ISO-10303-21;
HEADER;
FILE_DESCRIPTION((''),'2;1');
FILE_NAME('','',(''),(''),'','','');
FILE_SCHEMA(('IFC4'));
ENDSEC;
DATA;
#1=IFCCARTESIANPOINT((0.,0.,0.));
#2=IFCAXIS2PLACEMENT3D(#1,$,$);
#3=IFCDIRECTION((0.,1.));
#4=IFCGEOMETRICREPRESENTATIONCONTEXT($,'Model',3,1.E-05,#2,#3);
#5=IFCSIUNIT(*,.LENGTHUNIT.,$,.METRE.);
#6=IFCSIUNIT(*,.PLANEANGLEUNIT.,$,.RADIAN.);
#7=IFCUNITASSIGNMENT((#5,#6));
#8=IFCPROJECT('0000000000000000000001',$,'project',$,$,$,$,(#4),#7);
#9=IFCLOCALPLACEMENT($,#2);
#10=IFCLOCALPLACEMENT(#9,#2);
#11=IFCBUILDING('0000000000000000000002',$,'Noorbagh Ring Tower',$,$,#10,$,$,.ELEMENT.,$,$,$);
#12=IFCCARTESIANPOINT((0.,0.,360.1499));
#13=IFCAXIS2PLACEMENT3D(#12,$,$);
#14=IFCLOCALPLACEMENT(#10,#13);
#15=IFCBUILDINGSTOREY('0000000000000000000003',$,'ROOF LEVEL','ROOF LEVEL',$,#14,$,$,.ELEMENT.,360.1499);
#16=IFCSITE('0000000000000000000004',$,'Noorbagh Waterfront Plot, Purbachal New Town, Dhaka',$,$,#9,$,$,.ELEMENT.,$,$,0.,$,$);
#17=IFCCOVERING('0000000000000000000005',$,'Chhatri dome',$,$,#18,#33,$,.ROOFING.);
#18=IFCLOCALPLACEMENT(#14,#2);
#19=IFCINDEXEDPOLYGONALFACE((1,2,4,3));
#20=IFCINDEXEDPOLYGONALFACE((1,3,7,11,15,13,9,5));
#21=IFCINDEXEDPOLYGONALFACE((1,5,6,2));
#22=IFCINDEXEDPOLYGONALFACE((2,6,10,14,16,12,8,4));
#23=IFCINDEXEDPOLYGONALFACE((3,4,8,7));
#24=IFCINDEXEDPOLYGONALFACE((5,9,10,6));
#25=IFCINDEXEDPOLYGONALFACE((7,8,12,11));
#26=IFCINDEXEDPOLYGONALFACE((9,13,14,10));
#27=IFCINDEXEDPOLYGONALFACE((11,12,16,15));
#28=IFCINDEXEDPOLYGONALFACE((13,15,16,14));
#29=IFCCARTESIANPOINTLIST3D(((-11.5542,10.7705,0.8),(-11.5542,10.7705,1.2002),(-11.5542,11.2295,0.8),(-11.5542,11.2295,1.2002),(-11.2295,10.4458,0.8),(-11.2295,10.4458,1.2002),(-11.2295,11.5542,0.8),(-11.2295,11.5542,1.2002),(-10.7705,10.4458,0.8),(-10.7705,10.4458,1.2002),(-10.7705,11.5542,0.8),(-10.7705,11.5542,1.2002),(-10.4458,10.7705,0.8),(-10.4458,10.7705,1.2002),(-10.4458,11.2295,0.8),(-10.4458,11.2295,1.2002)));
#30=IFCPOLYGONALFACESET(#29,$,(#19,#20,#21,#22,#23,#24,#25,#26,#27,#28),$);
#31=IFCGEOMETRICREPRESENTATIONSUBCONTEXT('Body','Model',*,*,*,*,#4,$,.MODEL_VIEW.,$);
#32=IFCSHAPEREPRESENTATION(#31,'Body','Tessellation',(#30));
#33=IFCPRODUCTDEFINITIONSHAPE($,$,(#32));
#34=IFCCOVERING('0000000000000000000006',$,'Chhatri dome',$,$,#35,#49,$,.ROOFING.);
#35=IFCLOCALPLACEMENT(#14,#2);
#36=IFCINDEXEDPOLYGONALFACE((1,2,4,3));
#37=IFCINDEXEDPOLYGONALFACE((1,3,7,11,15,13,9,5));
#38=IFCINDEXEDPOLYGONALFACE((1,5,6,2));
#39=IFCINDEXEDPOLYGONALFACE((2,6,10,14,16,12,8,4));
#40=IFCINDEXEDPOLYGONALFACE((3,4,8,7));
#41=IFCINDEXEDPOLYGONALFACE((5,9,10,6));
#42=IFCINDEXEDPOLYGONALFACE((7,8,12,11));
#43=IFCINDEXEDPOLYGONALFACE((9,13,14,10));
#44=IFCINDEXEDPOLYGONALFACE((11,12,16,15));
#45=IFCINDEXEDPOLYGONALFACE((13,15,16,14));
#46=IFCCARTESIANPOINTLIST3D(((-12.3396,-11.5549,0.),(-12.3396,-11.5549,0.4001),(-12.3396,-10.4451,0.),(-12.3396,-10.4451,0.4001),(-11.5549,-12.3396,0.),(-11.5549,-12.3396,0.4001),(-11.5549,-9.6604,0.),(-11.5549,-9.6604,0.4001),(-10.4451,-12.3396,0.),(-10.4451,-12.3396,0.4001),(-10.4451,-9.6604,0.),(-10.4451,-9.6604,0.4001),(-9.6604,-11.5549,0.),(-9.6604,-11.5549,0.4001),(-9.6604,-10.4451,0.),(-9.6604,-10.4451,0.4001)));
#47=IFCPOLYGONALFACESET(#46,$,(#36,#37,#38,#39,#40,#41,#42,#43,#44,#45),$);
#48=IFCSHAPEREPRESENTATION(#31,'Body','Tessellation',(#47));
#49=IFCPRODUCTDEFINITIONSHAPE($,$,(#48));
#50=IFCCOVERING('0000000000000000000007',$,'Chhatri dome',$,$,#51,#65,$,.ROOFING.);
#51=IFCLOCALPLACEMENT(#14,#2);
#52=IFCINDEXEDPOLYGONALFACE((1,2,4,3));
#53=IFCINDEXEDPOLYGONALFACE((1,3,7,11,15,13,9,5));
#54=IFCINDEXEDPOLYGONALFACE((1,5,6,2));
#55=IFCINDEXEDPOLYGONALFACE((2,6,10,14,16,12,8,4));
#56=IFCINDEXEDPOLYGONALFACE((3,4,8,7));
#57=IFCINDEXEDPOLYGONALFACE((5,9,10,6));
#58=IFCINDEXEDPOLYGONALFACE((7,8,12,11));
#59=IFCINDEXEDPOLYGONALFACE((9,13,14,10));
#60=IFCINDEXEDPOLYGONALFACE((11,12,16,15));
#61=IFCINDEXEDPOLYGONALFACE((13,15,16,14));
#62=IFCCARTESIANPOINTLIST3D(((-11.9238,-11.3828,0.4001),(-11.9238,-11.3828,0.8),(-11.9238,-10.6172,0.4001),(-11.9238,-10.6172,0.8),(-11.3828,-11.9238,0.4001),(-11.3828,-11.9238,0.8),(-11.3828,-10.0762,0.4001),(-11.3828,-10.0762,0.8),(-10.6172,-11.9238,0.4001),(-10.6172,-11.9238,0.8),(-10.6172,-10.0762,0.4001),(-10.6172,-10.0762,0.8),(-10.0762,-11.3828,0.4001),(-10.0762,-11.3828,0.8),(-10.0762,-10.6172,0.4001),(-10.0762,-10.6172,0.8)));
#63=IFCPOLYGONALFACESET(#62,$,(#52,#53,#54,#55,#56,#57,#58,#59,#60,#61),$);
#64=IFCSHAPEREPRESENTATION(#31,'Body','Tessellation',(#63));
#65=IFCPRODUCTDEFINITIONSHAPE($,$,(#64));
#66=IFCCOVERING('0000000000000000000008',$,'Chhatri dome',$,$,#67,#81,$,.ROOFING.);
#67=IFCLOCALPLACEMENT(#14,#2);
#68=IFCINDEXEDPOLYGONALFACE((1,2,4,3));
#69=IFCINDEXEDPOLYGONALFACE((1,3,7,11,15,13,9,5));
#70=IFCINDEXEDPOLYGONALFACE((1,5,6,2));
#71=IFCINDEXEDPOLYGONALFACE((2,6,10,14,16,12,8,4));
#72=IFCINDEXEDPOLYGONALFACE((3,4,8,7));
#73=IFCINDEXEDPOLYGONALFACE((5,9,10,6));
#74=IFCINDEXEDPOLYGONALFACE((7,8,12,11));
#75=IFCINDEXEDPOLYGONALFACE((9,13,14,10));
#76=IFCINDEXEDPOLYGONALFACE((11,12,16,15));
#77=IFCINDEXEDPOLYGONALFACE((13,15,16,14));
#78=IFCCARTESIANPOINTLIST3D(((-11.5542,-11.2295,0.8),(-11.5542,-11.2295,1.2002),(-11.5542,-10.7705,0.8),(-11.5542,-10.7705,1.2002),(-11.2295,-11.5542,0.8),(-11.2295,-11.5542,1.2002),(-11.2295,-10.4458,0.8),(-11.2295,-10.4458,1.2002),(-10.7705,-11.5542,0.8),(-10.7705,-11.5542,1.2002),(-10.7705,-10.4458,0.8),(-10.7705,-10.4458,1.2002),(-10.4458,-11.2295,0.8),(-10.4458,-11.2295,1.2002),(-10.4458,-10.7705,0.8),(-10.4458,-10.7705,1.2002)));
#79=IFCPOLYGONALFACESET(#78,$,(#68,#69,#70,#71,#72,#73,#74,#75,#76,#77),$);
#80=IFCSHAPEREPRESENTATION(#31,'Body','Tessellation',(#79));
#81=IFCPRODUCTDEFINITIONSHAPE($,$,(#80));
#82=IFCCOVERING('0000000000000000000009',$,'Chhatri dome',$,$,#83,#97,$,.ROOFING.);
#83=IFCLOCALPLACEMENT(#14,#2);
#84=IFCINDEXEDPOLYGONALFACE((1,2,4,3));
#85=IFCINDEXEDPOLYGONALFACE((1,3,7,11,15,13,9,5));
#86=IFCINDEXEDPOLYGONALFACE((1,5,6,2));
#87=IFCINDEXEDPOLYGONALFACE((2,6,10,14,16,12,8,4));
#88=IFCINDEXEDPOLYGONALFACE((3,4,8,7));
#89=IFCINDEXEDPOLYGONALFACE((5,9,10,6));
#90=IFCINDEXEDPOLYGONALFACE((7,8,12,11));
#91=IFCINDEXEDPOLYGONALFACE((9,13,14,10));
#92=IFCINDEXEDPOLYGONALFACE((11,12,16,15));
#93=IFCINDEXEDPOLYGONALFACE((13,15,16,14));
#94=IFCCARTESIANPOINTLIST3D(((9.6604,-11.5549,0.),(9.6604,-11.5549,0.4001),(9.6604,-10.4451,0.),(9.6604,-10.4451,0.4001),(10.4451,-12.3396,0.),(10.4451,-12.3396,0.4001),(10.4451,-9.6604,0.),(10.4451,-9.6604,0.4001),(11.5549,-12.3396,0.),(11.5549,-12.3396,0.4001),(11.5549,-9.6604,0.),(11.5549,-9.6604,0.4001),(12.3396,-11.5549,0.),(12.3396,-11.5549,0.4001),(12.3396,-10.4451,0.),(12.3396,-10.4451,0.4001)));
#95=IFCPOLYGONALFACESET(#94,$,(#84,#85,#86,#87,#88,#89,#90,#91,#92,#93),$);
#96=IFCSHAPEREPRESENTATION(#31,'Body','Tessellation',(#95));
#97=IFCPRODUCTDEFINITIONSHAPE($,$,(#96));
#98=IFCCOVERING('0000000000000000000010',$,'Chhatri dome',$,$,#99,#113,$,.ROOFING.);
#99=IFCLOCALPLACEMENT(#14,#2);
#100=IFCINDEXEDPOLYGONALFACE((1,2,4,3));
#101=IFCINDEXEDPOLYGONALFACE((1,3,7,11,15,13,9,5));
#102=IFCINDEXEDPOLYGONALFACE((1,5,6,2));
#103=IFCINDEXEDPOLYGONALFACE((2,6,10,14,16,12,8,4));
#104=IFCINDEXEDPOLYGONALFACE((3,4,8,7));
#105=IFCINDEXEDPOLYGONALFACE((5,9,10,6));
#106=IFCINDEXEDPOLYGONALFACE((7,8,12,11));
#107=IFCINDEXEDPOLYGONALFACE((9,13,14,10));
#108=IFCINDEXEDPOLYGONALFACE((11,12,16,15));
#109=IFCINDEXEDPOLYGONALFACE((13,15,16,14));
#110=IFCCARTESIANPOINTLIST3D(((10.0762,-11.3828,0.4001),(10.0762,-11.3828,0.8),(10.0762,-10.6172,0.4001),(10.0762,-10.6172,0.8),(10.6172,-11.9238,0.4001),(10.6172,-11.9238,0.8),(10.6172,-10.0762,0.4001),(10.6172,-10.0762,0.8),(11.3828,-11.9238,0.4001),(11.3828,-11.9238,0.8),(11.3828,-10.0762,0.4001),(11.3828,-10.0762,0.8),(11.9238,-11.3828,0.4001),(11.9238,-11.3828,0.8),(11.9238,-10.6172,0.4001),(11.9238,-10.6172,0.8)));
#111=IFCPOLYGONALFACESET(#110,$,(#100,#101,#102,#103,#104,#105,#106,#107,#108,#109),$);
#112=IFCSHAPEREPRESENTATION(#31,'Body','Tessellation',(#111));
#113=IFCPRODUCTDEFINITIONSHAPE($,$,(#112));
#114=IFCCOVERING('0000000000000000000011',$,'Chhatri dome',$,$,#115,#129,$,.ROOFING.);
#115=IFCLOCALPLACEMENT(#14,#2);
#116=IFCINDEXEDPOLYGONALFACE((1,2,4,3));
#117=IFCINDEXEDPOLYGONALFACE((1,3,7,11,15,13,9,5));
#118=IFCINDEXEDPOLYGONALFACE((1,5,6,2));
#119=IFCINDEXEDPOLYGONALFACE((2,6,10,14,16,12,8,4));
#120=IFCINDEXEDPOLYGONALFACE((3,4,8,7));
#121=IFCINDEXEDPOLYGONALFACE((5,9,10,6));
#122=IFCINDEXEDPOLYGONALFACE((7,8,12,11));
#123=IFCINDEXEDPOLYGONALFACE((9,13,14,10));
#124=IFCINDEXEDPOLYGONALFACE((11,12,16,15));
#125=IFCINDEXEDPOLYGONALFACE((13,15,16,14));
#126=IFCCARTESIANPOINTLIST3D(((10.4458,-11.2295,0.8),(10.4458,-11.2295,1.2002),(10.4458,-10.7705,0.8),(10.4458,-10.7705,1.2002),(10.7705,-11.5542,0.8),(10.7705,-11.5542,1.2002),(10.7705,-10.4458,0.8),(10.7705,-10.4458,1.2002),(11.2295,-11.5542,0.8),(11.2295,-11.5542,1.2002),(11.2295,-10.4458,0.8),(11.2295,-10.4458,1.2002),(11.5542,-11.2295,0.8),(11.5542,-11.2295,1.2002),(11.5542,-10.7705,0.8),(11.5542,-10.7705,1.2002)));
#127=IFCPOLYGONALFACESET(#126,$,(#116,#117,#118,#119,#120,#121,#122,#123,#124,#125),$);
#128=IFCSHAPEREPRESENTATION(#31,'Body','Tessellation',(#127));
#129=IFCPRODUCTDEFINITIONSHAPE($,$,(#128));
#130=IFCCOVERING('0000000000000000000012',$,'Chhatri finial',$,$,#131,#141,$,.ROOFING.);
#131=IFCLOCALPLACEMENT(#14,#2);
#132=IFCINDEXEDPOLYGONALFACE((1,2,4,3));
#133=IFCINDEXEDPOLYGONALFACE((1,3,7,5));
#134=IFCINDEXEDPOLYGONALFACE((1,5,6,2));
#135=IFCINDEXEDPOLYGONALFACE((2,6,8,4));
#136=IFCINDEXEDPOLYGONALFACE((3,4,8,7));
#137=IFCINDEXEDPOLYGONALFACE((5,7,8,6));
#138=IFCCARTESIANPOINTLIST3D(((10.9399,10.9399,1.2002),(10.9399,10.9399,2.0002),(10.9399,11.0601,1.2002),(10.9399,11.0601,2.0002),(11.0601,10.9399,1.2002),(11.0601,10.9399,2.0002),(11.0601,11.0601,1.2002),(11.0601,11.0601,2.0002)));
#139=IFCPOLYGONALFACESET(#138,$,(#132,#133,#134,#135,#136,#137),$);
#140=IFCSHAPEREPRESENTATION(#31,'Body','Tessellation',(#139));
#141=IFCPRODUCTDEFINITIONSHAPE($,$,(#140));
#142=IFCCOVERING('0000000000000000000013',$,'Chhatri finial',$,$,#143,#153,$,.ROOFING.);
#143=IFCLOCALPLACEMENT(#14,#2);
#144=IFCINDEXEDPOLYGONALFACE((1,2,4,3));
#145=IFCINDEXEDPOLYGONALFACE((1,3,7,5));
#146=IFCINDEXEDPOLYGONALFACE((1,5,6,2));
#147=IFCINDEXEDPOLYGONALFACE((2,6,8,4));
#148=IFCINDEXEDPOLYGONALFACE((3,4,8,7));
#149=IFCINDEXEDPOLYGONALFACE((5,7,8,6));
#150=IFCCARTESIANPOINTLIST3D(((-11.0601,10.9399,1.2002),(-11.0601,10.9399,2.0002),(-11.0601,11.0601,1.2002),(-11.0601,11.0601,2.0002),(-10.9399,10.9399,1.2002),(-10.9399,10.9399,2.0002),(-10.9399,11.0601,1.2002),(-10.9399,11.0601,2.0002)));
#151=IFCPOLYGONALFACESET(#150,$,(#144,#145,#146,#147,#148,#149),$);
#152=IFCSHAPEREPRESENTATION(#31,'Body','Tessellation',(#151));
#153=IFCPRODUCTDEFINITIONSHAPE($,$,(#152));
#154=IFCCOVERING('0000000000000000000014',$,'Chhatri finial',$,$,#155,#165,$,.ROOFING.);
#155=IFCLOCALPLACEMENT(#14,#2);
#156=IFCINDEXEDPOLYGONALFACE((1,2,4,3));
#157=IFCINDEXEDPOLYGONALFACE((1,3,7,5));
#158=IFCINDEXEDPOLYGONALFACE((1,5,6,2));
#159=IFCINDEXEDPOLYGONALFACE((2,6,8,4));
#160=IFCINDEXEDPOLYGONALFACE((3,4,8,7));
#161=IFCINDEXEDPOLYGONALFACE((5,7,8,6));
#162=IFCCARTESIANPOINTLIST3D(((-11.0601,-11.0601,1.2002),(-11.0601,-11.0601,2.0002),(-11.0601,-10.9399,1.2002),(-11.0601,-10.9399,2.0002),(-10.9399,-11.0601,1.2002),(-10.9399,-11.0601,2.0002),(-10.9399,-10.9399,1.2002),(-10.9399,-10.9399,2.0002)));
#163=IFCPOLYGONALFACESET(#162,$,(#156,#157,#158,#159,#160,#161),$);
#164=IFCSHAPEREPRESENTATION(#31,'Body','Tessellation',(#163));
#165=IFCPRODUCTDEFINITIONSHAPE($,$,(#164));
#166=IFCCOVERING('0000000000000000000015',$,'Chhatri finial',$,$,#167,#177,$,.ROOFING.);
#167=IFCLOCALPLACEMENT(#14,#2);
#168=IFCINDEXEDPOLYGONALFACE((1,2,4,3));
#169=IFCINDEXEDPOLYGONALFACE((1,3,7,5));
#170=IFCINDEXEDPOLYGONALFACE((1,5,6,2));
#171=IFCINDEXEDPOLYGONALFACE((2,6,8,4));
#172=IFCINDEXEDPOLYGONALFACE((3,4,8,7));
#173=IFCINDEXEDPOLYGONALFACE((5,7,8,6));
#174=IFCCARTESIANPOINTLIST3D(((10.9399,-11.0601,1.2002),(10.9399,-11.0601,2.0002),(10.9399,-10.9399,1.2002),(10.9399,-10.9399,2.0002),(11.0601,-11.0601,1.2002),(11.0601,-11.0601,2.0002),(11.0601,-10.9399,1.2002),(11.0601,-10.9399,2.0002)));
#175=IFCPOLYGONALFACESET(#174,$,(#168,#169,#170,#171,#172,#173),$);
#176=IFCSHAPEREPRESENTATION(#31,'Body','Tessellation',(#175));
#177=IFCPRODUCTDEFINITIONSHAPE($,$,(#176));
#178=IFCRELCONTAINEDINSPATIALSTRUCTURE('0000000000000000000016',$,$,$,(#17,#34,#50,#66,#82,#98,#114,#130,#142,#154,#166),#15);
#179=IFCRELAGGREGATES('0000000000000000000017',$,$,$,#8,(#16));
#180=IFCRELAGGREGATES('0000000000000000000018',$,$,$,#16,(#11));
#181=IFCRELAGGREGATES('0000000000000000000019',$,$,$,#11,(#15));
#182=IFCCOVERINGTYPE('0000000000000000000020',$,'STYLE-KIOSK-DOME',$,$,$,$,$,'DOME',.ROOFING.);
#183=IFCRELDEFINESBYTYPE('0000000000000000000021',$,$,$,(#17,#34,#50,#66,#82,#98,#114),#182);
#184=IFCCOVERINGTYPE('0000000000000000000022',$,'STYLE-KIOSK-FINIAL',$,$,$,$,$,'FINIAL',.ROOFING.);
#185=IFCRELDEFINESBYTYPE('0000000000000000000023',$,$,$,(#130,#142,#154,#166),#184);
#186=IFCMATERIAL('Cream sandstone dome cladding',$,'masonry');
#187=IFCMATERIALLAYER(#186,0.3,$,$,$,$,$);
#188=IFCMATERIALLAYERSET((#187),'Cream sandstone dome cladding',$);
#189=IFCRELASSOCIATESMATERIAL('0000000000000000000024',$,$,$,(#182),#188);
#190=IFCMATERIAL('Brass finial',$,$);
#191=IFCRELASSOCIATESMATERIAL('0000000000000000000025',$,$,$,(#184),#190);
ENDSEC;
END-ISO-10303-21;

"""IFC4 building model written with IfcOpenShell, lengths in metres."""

from ifc_helpers import new_model, si_unit, direction, frame, origin, origin_2d, place, context, subcontext, project, spatial, polyline, rectangle, outline, extrude, material, layer, layer_set, type_object, element, save


model = new_model("IFC4")

# Units and contexts
model_context = context("Model", 3, precision=1e-05, world=origin(), true_north=direction((0.0, 1.0)))
body_context = subcontext(model_context, "Body", "Model", "MODEL_VIEW")
ifc_project = project(units=[si_unit("LENGTHUNIT", "METRE"), si_unit("PLANEANGLEUNIT", "RADIAN")], contexts=[model_context])

# Site, building, storey
site_placement = place(None, origin())
site = spatial("IfcSite", under=ifc_project, at=site_placement, Name="Noorbagh Waterfront Plot, Purbachal New Town, Dhaka", CompositionType="ELEMENT", RefElevation=0.0)
building_placement = place(site_placement, origin())
building = spatial("IfcBuilding", under=site, at=building_placement, Name="Noorbagh Ring Tower", CompositionType="ELEMENT")
storey_placement = place(building_placement, frame((0.0, 0.0, 360.1499)))
storey = spatial("IfcBuildingStorey", under=building, at=storey_placement, Name="ROOF LEVEL", Description="ROOF LEVEL", CompositionType="ELEMENT", Elevation=360.1499)

# Coverings
ifc_material_1 = material(Name="Cream sandstone dome cladding", Category="masonry")
ifc_layer_1 = layer(ifc_material_1, 0.3)
ifc_layer_set_1 = layer_set([ifc_layer_1], Name="Cream sandstone dome cladding")
covering_type_1 = type_object("IfcCoveringType", Name="STYLE-KIOSK-DOME", ElementType="DOME", PredefinedType="ROOFING", material=ifc_layer_set_1)
covering_1_placement = place(storey_placement, frame((0.0, 0.0, 0.8)))
element("IfcCovering", 1, at=covering_1_placement, inside=storey, type_object=covering_type_1, Name="Chhatri dome", PredefinedType="ROOFING", context=body_context, shape_type="SweptSolid", body=[
    extrude(outline(polyline([(-10.4458, 11.2295), (-10.7705, 11.5542), (-11.2295, 11.5542), (-11.5542, 11.2295), (-11.5542, 10.7705), (-11.2295, 10.4458), (-10.7705, 10.4458), (-10.4458, 10.7705), (-10.4458, 11.2295)])), origin(), (0.0, 0.0, 1.0), 0.4001),
])
covering_2_placement = place(storey_placement, origin())
element("IfcCovering", 2, at=covering_2_placement, inside=storey, type_object=covering_type_1, Name="Chhatri dome", PredefinedType="ROOFING", context=body_context, shape_type="SweptSolid", body=[
    extrude(outline(polyline([(-9.6604, -10.4451), (-10.4451, -9.6604), (-11.5549, -9.6604), (-12.3396, -10.4451), (-12.3396, -11.5549), (-11.5549, -12.3396), (-10.4451, -12.3396), (-9.6604, -11.5549), (-9.6604, -10.4451)])), origin(), (0.0, 0.0, 1.0), 0.4001),
])
covering_3_placement = place(storey_placement, frame((0.0, 0.0, 0.4001)))
element("IfcCovering", 3, at=covering_3_placement, inside=storey, type_object=covering_type_1, Name="Chhatri dome", PredefinedType="ROOFING", context=body_context, shape_type="SweptSolid", body=[
    extrude(outline(polyline([(-10.0762, -10.6172), (-10.6172, -10.0762), (-11.3828, -10.0762), (-11.9238, -10.6172), (-11.9238, -11.3828), (-11.3828, -11.9238), (-10.6172, -11.9238), (-10.0762, -11.3828), (-10.0762, -10.6172)])), origin(), (0.0, 0.0, 1.0), 0.3999),
])
covering_4_placement = place(storey_placement, frame((0.0, 0.0, 0.8)))
element("IfcCovering", 4, at=covering_4_placement, inside=storey, type_object=covering_type_1, Name="Chhatri dome", PredefinedType="ROOFING", context=body_context, shape_type="SweptSolid", body=[
    extrude(outline(polyline([(-10.4458, -10.7705), (-10.7705, -10.4458), (-11.2295, -10.4458), (-11.5542, -10.7705), (-11.5542, -11.2295), (-11.2295, -11.5542), (-10.7705, -11.5542), (-10.4458, -11.2295), (-10.4458, -10.7705)])), origin(), (0.0, 0.0, 1.0), 0.4001),
])
covering_5_placement = place(storey_placement, origin())
element("IfcCovering", 5, at=covering_5_placement, inside=storey, type_object=covering_type_1, Name="Chhatri dome", PredefinedType="ROOFING", context=body_context, shape_type="SweptSolid", body=[
    extrude(outline(polyline([(12.3396, -10.4451), (11.5549, -9.6604), (10.4451, -9.6604), (9.6604, -10.4451), (9.6604, -11.5549), (10.4451, -12.3396), (11.5549, -12.3396), (12.3396, -11.5549), (12.3396, -10.4451)])), origin(), (0.0, 0.0, 1.0), 0.4001),
])
covering_6_placement = place(storey_placement, frame((0.0, 0.0, 0.4001)))
element("IfcCovering", 6, at=covering_6_placement, inside=storey, type_object=covering_type_1, Name="Chhatri dome", PredefinedType="ROOFING", context=body_context, shape_type="SweptSolid", body=[
    extrude(outline(polyline([(11.9238, -10.6172), (11.3828, -10.0762), (10.6172, -10.0762), (10.0762, -10.6172), (10.0762, -11.3828), (10.6172, -11.9238), (11.3828, -11.9238), (11.9238, -11.3828), (11.9238, -10.6172)])), origin(), (0.0, 0.0, 1.0), 0.3999),
])
covering_7_placement = place(storey_placement, frame((0.0, 0.0, 0.8)))
element("IfcCovering", 7, at=covering_7_placement, inside=storey, type_object=covering_type_1, Name="Chhatri dome", PredefinedType="ROOFING", context=body_context, shape_type="SweptSolid", body=[
    extrude(outline(polyline([(11.5542, -10.7705), (11.2295, -10.4458), (10.7705, -10.4458), (10.4458, -10.7705), (10.4458, -11.2295), (10.7705, -11.5542), (11.2295, -11.5542), (11.5542, -11.2295), (11.5542, -10.7705)])), origin(), (0.0, 0.0, 1.0), 0.4001),
])
ifc_material_2 = material(Name="Brass finial")
covering_type_2 = type_object("IfcCoveringType", Name="STYLE-KIOSK-FINIAL", ElementType="FINIAL", PredefinedType="ROOFING", material=ifc_material_2)
for number, where, z_axis, x_axis, name in (
    (8, (11.0, 11.0, 1.2002), (0.0, 0.0, 1.0), (1.0, 0.0, 0.0), "Chhatri finial"),
    (9, (-11.0, 11.0, 1.2002), (0.0, 0.0, 1.0), (1.0, 0.0, 0.0), "Chhatri finial"),
    (10, (-11.0, -11.0, 1.2002), (0.0, 0.0, 1.0), (1.0, 0.0, 0.0), "Chhatri finial"),
    (11, (11.0, -11.0, 1.2002), (0.0, 0.0, 1.0), (1.0, 0.0, 0.0), "Chhatri finial"),
):
    element("IfcCovering", number, at=place(storey_placement, frame(where, z_axis=z_axis, x_axis=x_axis)), inside=storey, type_object=covering_type_2, Name=name, PredefinedType="ROOFING", context=body_context, shape_type="SweptSolid", body=[
        extrude(rectangle(XDim=0.1201, YDim=0.1201, at=origin_2d()), origin(), (0.0, 0.0, 1.0), 0.8),
    ])

save(model, "model.ifc")
